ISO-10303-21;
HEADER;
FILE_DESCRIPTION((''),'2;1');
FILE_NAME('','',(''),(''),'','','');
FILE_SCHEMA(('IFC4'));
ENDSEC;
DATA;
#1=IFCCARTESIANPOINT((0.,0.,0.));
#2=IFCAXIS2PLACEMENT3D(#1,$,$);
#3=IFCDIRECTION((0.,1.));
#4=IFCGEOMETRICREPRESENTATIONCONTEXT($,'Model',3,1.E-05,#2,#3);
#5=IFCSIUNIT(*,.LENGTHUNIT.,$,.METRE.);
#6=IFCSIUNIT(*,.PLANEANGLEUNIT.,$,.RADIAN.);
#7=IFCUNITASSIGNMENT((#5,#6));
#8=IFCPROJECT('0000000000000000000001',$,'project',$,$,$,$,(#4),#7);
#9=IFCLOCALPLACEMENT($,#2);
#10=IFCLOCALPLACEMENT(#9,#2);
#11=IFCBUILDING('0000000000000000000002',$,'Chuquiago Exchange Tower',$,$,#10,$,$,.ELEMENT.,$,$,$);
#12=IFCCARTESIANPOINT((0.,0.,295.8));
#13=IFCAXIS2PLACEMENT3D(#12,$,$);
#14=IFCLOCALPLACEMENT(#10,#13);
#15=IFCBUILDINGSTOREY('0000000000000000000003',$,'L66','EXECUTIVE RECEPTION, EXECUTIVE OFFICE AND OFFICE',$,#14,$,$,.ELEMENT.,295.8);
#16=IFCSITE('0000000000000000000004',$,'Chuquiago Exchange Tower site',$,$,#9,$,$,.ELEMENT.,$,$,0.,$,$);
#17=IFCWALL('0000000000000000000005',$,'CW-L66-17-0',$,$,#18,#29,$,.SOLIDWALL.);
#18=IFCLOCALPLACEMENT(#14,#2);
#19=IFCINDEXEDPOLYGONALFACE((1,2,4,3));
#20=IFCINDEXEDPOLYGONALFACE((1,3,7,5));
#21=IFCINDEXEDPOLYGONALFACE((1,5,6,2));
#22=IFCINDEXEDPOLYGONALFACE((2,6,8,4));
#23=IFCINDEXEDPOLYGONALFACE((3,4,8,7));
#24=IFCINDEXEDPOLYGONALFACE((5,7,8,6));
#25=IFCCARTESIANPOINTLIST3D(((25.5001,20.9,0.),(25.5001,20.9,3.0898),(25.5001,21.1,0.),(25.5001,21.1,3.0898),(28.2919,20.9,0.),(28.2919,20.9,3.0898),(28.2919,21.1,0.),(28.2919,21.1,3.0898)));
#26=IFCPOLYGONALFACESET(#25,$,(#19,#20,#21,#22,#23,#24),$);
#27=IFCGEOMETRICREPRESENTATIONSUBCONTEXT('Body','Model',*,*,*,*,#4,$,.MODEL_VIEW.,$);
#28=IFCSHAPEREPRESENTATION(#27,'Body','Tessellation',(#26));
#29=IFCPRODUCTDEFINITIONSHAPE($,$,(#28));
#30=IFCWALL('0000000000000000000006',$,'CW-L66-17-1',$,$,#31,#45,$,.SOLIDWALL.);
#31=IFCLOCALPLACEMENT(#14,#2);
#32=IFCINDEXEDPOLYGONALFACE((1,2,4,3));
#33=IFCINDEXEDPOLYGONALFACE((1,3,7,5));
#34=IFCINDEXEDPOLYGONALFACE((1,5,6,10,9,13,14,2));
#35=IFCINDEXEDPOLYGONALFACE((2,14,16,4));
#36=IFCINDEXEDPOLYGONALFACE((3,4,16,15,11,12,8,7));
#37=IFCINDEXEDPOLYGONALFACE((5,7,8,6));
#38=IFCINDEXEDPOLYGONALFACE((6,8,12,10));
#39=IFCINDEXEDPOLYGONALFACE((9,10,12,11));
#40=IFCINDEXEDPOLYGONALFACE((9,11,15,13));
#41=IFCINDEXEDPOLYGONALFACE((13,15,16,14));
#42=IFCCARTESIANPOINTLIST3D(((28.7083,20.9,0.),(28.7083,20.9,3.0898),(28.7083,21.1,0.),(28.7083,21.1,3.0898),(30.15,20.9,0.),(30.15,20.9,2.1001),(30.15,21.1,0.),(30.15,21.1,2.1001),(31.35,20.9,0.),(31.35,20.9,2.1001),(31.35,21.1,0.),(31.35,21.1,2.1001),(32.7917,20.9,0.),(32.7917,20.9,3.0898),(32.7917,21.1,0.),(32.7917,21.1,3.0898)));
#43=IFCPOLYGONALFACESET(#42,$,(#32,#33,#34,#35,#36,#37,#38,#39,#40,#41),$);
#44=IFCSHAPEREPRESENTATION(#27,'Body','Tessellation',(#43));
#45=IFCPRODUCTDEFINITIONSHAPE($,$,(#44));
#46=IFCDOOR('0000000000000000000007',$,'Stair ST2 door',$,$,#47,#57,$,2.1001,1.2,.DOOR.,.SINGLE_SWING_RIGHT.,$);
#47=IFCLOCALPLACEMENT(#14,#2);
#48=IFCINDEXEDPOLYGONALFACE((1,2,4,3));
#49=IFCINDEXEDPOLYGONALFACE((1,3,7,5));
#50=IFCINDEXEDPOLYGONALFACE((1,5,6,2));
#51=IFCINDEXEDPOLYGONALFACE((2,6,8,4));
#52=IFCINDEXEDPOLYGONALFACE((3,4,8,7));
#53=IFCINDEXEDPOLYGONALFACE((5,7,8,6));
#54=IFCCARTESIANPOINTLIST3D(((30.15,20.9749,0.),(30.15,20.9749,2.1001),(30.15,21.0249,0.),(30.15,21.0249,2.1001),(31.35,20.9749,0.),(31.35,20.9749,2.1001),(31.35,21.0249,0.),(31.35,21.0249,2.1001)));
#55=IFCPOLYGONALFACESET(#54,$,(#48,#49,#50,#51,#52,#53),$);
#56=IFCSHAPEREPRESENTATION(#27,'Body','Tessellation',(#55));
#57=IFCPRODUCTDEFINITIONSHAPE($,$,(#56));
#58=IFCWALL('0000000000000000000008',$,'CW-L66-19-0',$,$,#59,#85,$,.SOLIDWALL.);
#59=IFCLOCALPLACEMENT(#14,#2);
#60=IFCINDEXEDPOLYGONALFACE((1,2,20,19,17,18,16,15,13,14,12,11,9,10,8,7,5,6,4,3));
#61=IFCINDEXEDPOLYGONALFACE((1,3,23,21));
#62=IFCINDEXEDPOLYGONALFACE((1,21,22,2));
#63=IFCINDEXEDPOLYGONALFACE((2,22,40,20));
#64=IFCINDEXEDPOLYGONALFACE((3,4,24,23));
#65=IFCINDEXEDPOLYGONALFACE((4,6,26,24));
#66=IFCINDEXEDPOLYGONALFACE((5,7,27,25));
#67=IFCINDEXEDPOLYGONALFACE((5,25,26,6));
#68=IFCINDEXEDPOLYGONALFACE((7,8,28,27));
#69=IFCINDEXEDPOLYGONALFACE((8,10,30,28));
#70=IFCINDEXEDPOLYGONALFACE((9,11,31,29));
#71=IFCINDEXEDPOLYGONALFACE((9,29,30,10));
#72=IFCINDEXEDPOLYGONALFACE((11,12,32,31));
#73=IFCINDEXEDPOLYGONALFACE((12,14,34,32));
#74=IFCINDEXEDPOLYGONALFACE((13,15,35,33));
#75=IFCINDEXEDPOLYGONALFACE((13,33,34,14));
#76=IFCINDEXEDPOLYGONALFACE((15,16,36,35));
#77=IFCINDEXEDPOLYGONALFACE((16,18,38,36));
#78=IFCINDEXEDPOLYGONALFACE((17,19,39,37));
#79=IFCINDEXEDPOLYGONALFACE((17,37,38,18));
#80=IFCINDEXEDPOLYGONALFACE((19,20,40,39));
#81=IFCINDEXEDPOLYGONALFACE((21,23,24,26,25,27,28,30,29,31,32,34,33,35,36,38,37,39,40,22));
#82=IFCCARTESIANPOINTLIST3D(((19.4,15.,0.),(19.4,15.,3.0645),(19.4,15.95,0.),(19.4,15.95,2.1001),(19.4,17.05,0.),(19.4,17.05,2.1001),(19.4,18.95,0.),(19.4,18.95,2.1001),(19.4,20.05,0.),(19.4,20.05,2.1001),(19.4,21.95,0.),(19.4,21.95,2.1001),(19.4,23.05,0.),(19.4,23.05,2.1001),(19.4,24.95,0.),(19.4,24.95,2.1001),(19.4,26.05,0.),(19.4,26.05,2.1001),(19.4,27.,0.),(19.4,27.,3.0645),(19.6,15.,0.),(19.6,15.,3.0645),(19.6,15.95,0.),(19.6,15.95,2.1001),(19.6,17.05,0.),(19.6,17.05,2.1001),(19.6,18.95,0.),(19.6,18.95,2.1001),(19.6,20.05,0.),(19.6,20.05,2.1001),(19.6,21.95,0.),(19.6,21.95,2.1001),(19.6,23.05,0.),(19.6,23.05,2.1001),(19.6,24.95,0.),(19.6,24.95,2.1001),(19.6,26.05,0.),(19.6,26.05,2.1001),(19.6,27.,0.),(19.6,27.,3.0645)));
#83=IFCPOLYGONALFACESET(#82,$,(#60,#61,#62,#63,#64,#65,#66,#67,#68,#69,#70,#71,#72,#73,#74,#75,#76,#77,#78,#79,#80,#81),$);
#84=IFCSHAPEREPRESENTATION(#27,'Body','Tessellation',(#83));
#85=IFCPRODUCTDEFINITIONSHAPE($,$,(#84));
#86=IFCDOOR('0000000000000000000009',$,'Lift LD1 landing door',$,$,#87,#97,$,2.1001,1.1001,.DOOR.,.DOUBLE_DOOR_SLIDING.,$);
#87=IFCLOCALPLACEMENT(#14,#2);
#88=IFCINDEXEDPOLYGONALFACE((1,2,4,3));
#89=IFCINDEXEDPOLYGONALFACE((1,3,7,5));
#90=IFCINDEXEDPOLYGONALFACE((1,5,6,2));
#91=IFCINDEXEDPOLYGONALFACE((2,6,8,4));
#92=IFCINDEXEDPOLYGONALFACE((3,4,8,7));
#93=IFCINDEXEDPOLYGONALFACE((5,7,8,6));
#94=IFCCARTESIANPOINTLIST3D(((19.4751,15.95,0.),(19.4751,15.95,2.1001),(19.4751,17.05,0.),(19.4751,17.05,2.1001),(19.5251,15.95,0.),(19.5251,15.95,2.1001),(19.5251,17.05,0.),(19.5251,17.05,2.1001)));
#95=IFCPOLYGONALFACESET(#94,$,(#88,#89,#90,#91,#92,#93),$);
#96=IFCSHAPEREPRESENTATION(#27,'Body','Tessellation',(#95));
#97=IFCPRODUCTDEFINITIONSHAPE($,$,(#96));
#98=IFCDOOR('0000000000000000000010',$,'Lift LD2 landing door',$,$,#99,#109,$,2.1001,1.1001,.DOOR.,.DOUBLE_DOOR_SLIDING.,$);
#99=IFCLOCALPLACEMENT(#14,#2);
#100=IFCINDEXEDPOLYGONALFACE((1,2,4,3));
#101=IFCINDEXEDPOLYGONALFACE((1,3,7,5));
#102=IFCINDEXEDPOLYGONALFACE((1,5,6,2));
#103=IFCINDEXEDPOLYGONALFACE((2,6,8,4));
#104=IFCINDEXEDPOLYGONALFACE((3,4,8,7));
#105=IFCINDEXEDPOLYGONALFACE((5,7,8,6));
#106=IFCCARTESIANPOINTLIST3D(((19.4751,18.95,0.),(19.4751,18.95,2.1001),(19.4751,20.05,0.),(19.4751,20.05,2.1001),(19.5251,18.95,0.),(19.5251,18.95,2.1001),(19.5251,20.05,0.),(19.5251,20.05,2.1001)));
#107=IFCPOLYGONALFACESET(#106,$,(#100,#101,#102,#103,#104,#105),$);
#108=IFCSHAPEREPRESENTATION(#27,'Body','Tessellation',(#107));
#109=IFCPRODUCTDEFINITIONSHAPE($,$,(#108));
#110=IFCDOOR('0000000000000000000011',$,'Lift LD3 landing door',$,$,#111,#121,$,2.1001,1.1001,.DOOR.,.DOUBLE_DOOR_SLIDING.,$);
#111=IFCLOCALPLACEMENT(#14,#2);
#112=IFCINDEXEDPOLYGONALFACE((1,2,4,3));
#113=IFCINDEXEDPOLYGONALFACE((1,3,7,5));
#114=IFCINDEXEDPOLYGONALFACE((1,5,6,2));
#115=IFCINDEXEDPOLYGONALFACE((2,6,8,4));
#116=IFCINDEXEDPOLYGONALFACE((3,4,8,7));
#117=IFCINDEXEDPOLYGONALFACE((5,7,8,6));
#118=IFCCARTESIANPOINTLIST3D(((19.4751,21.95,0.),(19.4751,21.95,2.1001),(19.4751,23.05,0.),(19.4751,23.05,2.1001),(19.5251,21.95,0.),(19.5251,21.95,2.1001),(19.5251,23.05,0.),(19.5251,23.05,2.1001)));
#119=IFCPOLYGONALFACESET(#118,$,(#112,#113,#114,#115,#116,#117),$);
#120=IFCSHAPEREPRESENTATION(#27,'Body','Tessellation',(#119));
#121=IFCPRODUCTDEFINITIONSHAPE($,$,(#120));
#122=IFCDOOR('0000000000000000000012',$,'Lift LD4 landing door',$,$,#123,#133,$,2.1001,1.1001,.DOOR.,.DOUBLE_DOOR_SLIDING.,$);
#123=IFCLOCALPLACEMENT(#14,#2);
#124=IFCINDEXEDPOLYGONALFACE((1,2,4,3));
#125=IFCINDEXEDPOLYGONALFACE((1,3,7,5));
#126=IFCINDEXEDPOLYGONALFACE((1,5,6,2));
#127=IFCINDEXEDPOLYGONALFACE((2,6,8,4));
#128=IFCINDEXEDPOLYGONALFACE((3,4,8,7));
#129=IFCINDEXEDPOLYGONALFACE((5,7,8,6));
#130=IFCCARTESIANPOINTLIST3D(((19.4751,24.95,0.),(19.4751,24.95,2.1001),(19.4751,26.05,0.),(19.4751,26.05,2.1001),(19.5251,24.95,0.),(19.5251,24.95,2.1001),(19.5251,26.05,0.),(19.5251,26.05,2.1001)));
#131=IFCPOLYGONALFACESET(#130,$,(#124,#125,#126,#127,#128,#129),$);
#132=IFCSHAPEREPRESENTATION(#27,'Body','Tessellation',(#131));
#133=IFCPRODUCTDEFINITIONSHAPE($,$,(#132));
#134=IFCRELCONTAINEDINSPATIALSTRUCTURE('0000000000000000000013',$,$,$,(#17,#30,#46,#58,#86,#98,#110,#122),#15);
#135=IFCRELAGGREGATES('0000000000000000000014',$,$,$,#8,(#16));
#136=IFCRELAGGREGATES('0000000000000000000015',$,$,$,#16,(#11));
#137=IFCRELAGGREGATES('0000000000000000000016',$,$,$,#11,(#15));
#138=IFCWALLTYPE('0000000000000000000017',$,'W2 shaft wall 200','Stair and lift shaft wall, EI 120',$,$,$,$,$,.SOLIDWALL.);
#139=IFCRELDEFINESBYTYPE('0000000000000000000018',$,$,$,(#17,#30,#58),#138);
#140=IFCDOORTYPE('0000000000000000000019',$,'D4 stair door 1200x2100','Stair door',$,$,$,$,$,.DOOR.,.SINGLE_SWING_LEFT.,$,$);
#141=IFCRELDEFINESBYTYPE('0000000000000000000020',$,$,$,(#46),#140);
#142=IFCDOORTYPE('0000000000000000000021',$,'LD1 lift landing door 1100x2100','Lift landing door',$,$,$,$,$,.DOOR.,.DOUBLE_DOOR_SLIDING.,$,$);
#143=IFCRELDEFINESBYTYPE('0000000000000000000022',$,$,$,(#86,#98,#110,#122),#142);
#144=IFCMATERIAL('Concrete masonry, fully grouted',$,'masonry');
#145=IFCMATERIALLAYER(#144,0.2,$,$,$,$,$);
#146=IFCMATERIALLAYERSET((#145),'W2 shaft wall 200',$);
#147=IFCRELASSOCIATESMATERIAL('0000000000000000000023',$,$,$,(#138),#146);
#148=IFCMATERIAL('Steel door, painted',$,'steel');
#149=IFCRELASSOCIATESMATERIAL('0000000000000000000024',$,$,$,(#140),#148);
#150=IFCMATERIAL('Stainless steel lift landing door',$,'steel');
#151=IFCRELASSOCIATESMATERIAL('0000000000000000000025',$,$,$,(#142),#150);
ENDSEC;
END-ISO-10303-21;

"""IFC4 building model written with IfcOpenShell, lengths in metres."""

from ifc_helpers import new_model, si_unit, direction, frame, frame_2d, origin, place, context, subcontext, project, spatial, rectangle, extrude, material, layer, layer_set, type_object, element, fill, save


model = new_model("IFC4")

# Units and contexts
model_context = context("Model", 3, precision=1e-05, world=origin(), true_north=direction((0.0, 1.0)))
body_context = subcontext(model_context, "Body", "Model", "MODEL_VIEW")
ifc_project = project(units=[si_unit("LENGTHUNIT", "METRE"), si_unit("PLANEANGLEUNIT", "RADIAN")], contexts=[model_context])

# Site, building, storey
site_placement = place(None, origin())
site = spatial("IfcSite", under=ifc_project, at=site_placement, Name="Chuquiago Exchange Tower site", CompositionType="ELEMENT", RefElevation=0.0)
building_placement = place(site_placement, origin())
building = spatial("IfcBuilding", under=site, at=building_placement, Name="Chuquiago Exchange Tower", CompositionType="ELEMENT")
storey_placement = place(building_placement, frame((0.0, 0.0, 295.8)))
storey = spatial("IfcBuildingStorey", under=building, at=storey_placement, Name="L66", Description="EXECUTIVE RECEPTION, EXECUTIVE OFFICE AND OFFICE", CompositionType="ELEMENT", Elevation=295.8)

# Shared definitions
ifc_material_1 = material(Name="Concrete masonry, fully grouted", Category="masonry")
ifc_layer_1 = layer(ifc_material_1, 0.2)
ifc_layer_set_1 = layer_set([ifc_layer_1], Name="W2 shaft wall 200")
wall_type_1 = type_object("IfcWallType", Name="W2 shaft wall 200", Description="Stair and lift shaft wall, EI 120", PredefinedType="SOLIDWALL", material=ifc_layer_set_1)

# Wall
wall_1_placement = place(storey_placement, frame((25.5, 21.0, 0.0), z_axis=(0.0, 0.0, 1.0), x_axis=(1.0, 0.0, 0.0)))
element("IfcWall", 1, at=wall_1_placement, inside=storey, type_object=wall_type_1, Name="CW-L66-17-0", PredefinedType="SOLIDWALL", context=body_context, shape_type="SweptSolid", body=[
    extrude(rectangle(XDim=2.7917, YDim=0.2, at=frame_2d((1.396, 0.0))), origin(), (0.0, 0.0, 1.0), 3.0898),
])

# Wall, opening, door
wall_2_placement = place(storey_placement, frame((28.7083, 21.0, 0.0), z_axis=(0.0, 0.0, 1.0), x_axis=(1.0, 0.0, 0.0)))
wall_2 = element("IfcWall", 2, at=wall_2_placement, inside=storey, type_object=wall_type_1, Name="CW-L66-17-1", PredefinedType="SOLIDWALL", context=body_context, shape_type="SweptSolid", body=[
    extrude(rectangle(XDim=4.0835, YDim=0.2, at=frame_2d((2.0417, 0.0))), origin(), (0.0, 0.0, 1.0), 3.0898),
])
opening_1_placement = place(wall_2_placement, frame((1.4417, 0.0, 0.0)))
opening_1 = element("IfcOpeningElement", 3, at=opening_1_placement, cuts=wall_2, PredefinedType="OPENING", context=body_context, shape_type="SweptSolid", body=[
    extrude(rectangle(XDim=1.2, YDim=2.1001, at=frame_2d((0.6001, 1.05))), frame((0.0, 0.1099, 0.0), z_axis=(0.0, -1.0, 0.0), x_axis=(1.0, 0.0, 0.0)), (0.0, 0.0, 1.0), 0.22),
])
ifc_material_2 = material(Name="Steel door, painted", Category="steel")
door_type_1 = type_object("IfcDoorType", Name="D4 stair door 1200x2100", Description="Stair door", OperationType="SINGLE_SWING_LEFT", PredefinedType="DOOR", material=ifc_material_2)
door_1_placement = place(opening_1_placement, origin())
door_1 = element("IfcDoor", 4, at=door_1_placement, inside=storey, type_object=door_type_1, Name="Stair ST2 door", OperationType="SINGLE_SWING_RIGHT", OverallHeight=2.1001, OverallWidth=1.2, PredefinedType="DOOR", context=body_context, shape_type="SweptSolid", body=[
    extrude(rectangle(XDim=1.2, YDim=2.1001, at=frame_2d((0.6001, 1.05))), frame((0.0, 0.0249, 0.0), z_axis=(0.0, -1.0, 0.0), x_axis=(1.0, 0.0, 0.0)), (0.0, 0.0, 1.0), 0.05),
])
fill(opening_1, door_1)

# Wall, openings, doors
wall_3_placement = place(storey_placement, frame((19.5, 15.0, 0.0), z_axis=(0.0, 0.0, 1.0), x_axis=(0.0, 1.0, 0.0)))
wall_3 = element("IfcWall", 5, at=wall_3_placement, inside=storey, type_object=wall_type_1, Name="CW-L66-19-0", PredefinedType="SOLIDWALL", context=body_context, shape_type="SweptSolid", body=[
    extrude(rectangle(XDim=12.0, YDim=0.2, at=frame_2d((6.0, 0.0))), origin(), (0.0, 0.0, 1.0), 3.0645),
])
opening_2_placement = place(wall_3_placement, frame((0.95, 0.0, 0.0)))
opening_2 = element("IfcOpeningElement", 6, at=opening_2_placement, cuts=wall_3, PredefinedType="OPENING", context=body_context, shape_type="SweptSolid", body=[
    extrude(rectangle(XDim=1.1001, YDim=2.1001, at=frame_2d((0.55, 1.05))), frame((0.0, 0.1099, 0.0), z_axis=(0.0, -1.0, 0.0), x_axis=(1.0, 0.0, 0.0)), (0.0, 0.0, 1.0), 0.22),
])
opening_3_placement = place(wall_3_placement, frame((3.95, 0.0, 0.0)))
opening_3 = element("IfcOpeningElement", 7, at=opening_3_placement, cuts=wall_3, PredefinedType="OPENING", context=body_context, shape_type="SweptSolid", body=[
    extrude(rectangle(XDim=1.1001, YDim=2.1001, at=frame_2d((0.55, 1.05))), frame((0.0, 0.1099, 0.0), z_axis=(0.0, -1.0, 0.0), x_axis=(1.0, 0.0, 0.0)), (0.0, 0.0, 1.0), 0.22),
])
opening_4_placement = place(wall_3_placement, frame((6.95, 0.0, 0.0)))
opening_4 = element("IfcOpeningElement", 8, at=opening_4_placement, cuts=wall_3, PredefinedType="OPENING", context=body_context, shape_type="SweptSolid", body=[
    extrude(rectangle(XDim=1.1001, YDim=2.1001, at=frame_2d((0.55, 1.05))), frame((0.0, 0.1099, 0.0), z_axis=(0.0, -1.0, 0.0), x_axis=(1.0, 0.0, 0.0)), (0.0, 0.0, 1.0), 0.22),
])
opening_5_placement = place(wall_3_placement, frame((9.95, 0.0, 0.0)))
opening_5 = element("IfcOpeningElement", 9, at=opening_5_placement, cuts=wall_3, PredefinedType="OPENING", context=body_context, shape_type="SweptSolid", body=[
    extrude(rectangle(XDim=1.1001, YDim=2.1001, at=frame_2d((0.55, 1.05))), frame((0.0, 0.1099, 0.0), z_axis=(0.0, -1.0, 0.0), x_axis=(1.0, 0.0, 0.0)), (0.0, 0.0, 1.0), 0.22),
])
ifc_material_3 = material(Name="Stainless steel lift landing door", Category="steel")
door_type_2 = type_object("IfcDoorType", Name="LD1 lift landing door 1100x2100", Description="Lift landing door", OperationType="DOUBLE_DOOR_SLIDING", PredefinedType="DOOR", material=ifc_material_3)
door_2_placement = place(opening_2_placement, origin())
door_2 = element("IfcDoor", 10, at=door_2_placement, inside=storey, type_object=door_type_2, Name="Lift LD1 landing door", OperationType="DOUBLE_DOOR_SLIDING", OverallHeight=2.1001, OverallWidth=1.1001, PredefinedType="DOOR", context=body_context, shape_type="SweptSolid", body=[
    extrude(rectangle(XDim=1.1001, YDim=2.1001, at=frame_2d((0.55, 1.05))), frame((0.0, 0.0249, 0.0), z_axis=(0.0, -1.0, 0.0), x_axis=(1.0, 0.0, 0.0)), (0.0, 0.0, 1.0), 0.05),
])
fill(opening_2, door_2)
door_3_placement = place(opening_3_placement, origin())
door_3 = element("IfcDoor", 11, at=door_3_placement, inside=storey, type_object=door_type_2, Name="Lift LD2 landing door", OperationType="DOUBLE_DOOR_SLIDING", OverallHeight=2.1001, OverallWidth=1.1001, PredefinedType="DOOR", context=body_context, shape_type="SweptSolid", body=[
    extrude(rectangle(XDim=1.1001, YDim=2.1001, at=frame_2d((0.55, 1.05))), frame((0.0, 0.0249, 0.0), z_axis=(0.0, -1.0, 0.0), x_axis=(1.0, 0.0, 0.0)), (0.0, 0.0, 1.0), 0.05),
])
fill(opening_3, door_3)
door_4_placement = place(opening_4_placement, origin())
door_4 = element("IfcDoor", 12, at=door_4_placement, inside=storey, type_object=door_type_2, Name="Lift LD3 landing door", OperationType="DOUBLE_DOOR_SLIDING", OverallHeight=2.1001, OverallWidth=1.1001, PredefinedType="DOOR", context=body_context, shape_type="SweptSolid", body=[
    extrude(rectangle(XDim=1.1001, YDim=2.1001, at=frame_2d((0.55, 1.05))), frame((0.0, 0.0249, 0.0), z_axis=(0.0, -1.0, 0.0), x_axis=(1.0, 0.0, 0.0)), (0.0, 0.0, 1.0), 0.05),
])
fill(opening_4, door_4)
door_5_placement = place(opening_5_placement, origin())
door_5 = element("IfcDoor", 13, at=door_5_placement, inside=storey, type_object=door_type_2, Name="Lift LD4 landing door", OperationType="DOUBLE_DOOR_SLIDING", OverallHeight=2.1001, OverallWidth=1.1001, PredefinedType="DOOR", context=body_context, shape_type="SweptSolid", body=[
    extrude(rectangle(XDim=1.1001, YDim=2.1001, at=frame_2d((0.55, 1.05))), frame((0.0, 0.0249, 0.0), z_axis=(0.0, -1.0, 0.0), x_axis=(1.0, 0.0, 0.0)), (0.0, 0.0, 1.0), 0.05),
])
fill(opening_5, door_5)

save(model, "model.ifc")
